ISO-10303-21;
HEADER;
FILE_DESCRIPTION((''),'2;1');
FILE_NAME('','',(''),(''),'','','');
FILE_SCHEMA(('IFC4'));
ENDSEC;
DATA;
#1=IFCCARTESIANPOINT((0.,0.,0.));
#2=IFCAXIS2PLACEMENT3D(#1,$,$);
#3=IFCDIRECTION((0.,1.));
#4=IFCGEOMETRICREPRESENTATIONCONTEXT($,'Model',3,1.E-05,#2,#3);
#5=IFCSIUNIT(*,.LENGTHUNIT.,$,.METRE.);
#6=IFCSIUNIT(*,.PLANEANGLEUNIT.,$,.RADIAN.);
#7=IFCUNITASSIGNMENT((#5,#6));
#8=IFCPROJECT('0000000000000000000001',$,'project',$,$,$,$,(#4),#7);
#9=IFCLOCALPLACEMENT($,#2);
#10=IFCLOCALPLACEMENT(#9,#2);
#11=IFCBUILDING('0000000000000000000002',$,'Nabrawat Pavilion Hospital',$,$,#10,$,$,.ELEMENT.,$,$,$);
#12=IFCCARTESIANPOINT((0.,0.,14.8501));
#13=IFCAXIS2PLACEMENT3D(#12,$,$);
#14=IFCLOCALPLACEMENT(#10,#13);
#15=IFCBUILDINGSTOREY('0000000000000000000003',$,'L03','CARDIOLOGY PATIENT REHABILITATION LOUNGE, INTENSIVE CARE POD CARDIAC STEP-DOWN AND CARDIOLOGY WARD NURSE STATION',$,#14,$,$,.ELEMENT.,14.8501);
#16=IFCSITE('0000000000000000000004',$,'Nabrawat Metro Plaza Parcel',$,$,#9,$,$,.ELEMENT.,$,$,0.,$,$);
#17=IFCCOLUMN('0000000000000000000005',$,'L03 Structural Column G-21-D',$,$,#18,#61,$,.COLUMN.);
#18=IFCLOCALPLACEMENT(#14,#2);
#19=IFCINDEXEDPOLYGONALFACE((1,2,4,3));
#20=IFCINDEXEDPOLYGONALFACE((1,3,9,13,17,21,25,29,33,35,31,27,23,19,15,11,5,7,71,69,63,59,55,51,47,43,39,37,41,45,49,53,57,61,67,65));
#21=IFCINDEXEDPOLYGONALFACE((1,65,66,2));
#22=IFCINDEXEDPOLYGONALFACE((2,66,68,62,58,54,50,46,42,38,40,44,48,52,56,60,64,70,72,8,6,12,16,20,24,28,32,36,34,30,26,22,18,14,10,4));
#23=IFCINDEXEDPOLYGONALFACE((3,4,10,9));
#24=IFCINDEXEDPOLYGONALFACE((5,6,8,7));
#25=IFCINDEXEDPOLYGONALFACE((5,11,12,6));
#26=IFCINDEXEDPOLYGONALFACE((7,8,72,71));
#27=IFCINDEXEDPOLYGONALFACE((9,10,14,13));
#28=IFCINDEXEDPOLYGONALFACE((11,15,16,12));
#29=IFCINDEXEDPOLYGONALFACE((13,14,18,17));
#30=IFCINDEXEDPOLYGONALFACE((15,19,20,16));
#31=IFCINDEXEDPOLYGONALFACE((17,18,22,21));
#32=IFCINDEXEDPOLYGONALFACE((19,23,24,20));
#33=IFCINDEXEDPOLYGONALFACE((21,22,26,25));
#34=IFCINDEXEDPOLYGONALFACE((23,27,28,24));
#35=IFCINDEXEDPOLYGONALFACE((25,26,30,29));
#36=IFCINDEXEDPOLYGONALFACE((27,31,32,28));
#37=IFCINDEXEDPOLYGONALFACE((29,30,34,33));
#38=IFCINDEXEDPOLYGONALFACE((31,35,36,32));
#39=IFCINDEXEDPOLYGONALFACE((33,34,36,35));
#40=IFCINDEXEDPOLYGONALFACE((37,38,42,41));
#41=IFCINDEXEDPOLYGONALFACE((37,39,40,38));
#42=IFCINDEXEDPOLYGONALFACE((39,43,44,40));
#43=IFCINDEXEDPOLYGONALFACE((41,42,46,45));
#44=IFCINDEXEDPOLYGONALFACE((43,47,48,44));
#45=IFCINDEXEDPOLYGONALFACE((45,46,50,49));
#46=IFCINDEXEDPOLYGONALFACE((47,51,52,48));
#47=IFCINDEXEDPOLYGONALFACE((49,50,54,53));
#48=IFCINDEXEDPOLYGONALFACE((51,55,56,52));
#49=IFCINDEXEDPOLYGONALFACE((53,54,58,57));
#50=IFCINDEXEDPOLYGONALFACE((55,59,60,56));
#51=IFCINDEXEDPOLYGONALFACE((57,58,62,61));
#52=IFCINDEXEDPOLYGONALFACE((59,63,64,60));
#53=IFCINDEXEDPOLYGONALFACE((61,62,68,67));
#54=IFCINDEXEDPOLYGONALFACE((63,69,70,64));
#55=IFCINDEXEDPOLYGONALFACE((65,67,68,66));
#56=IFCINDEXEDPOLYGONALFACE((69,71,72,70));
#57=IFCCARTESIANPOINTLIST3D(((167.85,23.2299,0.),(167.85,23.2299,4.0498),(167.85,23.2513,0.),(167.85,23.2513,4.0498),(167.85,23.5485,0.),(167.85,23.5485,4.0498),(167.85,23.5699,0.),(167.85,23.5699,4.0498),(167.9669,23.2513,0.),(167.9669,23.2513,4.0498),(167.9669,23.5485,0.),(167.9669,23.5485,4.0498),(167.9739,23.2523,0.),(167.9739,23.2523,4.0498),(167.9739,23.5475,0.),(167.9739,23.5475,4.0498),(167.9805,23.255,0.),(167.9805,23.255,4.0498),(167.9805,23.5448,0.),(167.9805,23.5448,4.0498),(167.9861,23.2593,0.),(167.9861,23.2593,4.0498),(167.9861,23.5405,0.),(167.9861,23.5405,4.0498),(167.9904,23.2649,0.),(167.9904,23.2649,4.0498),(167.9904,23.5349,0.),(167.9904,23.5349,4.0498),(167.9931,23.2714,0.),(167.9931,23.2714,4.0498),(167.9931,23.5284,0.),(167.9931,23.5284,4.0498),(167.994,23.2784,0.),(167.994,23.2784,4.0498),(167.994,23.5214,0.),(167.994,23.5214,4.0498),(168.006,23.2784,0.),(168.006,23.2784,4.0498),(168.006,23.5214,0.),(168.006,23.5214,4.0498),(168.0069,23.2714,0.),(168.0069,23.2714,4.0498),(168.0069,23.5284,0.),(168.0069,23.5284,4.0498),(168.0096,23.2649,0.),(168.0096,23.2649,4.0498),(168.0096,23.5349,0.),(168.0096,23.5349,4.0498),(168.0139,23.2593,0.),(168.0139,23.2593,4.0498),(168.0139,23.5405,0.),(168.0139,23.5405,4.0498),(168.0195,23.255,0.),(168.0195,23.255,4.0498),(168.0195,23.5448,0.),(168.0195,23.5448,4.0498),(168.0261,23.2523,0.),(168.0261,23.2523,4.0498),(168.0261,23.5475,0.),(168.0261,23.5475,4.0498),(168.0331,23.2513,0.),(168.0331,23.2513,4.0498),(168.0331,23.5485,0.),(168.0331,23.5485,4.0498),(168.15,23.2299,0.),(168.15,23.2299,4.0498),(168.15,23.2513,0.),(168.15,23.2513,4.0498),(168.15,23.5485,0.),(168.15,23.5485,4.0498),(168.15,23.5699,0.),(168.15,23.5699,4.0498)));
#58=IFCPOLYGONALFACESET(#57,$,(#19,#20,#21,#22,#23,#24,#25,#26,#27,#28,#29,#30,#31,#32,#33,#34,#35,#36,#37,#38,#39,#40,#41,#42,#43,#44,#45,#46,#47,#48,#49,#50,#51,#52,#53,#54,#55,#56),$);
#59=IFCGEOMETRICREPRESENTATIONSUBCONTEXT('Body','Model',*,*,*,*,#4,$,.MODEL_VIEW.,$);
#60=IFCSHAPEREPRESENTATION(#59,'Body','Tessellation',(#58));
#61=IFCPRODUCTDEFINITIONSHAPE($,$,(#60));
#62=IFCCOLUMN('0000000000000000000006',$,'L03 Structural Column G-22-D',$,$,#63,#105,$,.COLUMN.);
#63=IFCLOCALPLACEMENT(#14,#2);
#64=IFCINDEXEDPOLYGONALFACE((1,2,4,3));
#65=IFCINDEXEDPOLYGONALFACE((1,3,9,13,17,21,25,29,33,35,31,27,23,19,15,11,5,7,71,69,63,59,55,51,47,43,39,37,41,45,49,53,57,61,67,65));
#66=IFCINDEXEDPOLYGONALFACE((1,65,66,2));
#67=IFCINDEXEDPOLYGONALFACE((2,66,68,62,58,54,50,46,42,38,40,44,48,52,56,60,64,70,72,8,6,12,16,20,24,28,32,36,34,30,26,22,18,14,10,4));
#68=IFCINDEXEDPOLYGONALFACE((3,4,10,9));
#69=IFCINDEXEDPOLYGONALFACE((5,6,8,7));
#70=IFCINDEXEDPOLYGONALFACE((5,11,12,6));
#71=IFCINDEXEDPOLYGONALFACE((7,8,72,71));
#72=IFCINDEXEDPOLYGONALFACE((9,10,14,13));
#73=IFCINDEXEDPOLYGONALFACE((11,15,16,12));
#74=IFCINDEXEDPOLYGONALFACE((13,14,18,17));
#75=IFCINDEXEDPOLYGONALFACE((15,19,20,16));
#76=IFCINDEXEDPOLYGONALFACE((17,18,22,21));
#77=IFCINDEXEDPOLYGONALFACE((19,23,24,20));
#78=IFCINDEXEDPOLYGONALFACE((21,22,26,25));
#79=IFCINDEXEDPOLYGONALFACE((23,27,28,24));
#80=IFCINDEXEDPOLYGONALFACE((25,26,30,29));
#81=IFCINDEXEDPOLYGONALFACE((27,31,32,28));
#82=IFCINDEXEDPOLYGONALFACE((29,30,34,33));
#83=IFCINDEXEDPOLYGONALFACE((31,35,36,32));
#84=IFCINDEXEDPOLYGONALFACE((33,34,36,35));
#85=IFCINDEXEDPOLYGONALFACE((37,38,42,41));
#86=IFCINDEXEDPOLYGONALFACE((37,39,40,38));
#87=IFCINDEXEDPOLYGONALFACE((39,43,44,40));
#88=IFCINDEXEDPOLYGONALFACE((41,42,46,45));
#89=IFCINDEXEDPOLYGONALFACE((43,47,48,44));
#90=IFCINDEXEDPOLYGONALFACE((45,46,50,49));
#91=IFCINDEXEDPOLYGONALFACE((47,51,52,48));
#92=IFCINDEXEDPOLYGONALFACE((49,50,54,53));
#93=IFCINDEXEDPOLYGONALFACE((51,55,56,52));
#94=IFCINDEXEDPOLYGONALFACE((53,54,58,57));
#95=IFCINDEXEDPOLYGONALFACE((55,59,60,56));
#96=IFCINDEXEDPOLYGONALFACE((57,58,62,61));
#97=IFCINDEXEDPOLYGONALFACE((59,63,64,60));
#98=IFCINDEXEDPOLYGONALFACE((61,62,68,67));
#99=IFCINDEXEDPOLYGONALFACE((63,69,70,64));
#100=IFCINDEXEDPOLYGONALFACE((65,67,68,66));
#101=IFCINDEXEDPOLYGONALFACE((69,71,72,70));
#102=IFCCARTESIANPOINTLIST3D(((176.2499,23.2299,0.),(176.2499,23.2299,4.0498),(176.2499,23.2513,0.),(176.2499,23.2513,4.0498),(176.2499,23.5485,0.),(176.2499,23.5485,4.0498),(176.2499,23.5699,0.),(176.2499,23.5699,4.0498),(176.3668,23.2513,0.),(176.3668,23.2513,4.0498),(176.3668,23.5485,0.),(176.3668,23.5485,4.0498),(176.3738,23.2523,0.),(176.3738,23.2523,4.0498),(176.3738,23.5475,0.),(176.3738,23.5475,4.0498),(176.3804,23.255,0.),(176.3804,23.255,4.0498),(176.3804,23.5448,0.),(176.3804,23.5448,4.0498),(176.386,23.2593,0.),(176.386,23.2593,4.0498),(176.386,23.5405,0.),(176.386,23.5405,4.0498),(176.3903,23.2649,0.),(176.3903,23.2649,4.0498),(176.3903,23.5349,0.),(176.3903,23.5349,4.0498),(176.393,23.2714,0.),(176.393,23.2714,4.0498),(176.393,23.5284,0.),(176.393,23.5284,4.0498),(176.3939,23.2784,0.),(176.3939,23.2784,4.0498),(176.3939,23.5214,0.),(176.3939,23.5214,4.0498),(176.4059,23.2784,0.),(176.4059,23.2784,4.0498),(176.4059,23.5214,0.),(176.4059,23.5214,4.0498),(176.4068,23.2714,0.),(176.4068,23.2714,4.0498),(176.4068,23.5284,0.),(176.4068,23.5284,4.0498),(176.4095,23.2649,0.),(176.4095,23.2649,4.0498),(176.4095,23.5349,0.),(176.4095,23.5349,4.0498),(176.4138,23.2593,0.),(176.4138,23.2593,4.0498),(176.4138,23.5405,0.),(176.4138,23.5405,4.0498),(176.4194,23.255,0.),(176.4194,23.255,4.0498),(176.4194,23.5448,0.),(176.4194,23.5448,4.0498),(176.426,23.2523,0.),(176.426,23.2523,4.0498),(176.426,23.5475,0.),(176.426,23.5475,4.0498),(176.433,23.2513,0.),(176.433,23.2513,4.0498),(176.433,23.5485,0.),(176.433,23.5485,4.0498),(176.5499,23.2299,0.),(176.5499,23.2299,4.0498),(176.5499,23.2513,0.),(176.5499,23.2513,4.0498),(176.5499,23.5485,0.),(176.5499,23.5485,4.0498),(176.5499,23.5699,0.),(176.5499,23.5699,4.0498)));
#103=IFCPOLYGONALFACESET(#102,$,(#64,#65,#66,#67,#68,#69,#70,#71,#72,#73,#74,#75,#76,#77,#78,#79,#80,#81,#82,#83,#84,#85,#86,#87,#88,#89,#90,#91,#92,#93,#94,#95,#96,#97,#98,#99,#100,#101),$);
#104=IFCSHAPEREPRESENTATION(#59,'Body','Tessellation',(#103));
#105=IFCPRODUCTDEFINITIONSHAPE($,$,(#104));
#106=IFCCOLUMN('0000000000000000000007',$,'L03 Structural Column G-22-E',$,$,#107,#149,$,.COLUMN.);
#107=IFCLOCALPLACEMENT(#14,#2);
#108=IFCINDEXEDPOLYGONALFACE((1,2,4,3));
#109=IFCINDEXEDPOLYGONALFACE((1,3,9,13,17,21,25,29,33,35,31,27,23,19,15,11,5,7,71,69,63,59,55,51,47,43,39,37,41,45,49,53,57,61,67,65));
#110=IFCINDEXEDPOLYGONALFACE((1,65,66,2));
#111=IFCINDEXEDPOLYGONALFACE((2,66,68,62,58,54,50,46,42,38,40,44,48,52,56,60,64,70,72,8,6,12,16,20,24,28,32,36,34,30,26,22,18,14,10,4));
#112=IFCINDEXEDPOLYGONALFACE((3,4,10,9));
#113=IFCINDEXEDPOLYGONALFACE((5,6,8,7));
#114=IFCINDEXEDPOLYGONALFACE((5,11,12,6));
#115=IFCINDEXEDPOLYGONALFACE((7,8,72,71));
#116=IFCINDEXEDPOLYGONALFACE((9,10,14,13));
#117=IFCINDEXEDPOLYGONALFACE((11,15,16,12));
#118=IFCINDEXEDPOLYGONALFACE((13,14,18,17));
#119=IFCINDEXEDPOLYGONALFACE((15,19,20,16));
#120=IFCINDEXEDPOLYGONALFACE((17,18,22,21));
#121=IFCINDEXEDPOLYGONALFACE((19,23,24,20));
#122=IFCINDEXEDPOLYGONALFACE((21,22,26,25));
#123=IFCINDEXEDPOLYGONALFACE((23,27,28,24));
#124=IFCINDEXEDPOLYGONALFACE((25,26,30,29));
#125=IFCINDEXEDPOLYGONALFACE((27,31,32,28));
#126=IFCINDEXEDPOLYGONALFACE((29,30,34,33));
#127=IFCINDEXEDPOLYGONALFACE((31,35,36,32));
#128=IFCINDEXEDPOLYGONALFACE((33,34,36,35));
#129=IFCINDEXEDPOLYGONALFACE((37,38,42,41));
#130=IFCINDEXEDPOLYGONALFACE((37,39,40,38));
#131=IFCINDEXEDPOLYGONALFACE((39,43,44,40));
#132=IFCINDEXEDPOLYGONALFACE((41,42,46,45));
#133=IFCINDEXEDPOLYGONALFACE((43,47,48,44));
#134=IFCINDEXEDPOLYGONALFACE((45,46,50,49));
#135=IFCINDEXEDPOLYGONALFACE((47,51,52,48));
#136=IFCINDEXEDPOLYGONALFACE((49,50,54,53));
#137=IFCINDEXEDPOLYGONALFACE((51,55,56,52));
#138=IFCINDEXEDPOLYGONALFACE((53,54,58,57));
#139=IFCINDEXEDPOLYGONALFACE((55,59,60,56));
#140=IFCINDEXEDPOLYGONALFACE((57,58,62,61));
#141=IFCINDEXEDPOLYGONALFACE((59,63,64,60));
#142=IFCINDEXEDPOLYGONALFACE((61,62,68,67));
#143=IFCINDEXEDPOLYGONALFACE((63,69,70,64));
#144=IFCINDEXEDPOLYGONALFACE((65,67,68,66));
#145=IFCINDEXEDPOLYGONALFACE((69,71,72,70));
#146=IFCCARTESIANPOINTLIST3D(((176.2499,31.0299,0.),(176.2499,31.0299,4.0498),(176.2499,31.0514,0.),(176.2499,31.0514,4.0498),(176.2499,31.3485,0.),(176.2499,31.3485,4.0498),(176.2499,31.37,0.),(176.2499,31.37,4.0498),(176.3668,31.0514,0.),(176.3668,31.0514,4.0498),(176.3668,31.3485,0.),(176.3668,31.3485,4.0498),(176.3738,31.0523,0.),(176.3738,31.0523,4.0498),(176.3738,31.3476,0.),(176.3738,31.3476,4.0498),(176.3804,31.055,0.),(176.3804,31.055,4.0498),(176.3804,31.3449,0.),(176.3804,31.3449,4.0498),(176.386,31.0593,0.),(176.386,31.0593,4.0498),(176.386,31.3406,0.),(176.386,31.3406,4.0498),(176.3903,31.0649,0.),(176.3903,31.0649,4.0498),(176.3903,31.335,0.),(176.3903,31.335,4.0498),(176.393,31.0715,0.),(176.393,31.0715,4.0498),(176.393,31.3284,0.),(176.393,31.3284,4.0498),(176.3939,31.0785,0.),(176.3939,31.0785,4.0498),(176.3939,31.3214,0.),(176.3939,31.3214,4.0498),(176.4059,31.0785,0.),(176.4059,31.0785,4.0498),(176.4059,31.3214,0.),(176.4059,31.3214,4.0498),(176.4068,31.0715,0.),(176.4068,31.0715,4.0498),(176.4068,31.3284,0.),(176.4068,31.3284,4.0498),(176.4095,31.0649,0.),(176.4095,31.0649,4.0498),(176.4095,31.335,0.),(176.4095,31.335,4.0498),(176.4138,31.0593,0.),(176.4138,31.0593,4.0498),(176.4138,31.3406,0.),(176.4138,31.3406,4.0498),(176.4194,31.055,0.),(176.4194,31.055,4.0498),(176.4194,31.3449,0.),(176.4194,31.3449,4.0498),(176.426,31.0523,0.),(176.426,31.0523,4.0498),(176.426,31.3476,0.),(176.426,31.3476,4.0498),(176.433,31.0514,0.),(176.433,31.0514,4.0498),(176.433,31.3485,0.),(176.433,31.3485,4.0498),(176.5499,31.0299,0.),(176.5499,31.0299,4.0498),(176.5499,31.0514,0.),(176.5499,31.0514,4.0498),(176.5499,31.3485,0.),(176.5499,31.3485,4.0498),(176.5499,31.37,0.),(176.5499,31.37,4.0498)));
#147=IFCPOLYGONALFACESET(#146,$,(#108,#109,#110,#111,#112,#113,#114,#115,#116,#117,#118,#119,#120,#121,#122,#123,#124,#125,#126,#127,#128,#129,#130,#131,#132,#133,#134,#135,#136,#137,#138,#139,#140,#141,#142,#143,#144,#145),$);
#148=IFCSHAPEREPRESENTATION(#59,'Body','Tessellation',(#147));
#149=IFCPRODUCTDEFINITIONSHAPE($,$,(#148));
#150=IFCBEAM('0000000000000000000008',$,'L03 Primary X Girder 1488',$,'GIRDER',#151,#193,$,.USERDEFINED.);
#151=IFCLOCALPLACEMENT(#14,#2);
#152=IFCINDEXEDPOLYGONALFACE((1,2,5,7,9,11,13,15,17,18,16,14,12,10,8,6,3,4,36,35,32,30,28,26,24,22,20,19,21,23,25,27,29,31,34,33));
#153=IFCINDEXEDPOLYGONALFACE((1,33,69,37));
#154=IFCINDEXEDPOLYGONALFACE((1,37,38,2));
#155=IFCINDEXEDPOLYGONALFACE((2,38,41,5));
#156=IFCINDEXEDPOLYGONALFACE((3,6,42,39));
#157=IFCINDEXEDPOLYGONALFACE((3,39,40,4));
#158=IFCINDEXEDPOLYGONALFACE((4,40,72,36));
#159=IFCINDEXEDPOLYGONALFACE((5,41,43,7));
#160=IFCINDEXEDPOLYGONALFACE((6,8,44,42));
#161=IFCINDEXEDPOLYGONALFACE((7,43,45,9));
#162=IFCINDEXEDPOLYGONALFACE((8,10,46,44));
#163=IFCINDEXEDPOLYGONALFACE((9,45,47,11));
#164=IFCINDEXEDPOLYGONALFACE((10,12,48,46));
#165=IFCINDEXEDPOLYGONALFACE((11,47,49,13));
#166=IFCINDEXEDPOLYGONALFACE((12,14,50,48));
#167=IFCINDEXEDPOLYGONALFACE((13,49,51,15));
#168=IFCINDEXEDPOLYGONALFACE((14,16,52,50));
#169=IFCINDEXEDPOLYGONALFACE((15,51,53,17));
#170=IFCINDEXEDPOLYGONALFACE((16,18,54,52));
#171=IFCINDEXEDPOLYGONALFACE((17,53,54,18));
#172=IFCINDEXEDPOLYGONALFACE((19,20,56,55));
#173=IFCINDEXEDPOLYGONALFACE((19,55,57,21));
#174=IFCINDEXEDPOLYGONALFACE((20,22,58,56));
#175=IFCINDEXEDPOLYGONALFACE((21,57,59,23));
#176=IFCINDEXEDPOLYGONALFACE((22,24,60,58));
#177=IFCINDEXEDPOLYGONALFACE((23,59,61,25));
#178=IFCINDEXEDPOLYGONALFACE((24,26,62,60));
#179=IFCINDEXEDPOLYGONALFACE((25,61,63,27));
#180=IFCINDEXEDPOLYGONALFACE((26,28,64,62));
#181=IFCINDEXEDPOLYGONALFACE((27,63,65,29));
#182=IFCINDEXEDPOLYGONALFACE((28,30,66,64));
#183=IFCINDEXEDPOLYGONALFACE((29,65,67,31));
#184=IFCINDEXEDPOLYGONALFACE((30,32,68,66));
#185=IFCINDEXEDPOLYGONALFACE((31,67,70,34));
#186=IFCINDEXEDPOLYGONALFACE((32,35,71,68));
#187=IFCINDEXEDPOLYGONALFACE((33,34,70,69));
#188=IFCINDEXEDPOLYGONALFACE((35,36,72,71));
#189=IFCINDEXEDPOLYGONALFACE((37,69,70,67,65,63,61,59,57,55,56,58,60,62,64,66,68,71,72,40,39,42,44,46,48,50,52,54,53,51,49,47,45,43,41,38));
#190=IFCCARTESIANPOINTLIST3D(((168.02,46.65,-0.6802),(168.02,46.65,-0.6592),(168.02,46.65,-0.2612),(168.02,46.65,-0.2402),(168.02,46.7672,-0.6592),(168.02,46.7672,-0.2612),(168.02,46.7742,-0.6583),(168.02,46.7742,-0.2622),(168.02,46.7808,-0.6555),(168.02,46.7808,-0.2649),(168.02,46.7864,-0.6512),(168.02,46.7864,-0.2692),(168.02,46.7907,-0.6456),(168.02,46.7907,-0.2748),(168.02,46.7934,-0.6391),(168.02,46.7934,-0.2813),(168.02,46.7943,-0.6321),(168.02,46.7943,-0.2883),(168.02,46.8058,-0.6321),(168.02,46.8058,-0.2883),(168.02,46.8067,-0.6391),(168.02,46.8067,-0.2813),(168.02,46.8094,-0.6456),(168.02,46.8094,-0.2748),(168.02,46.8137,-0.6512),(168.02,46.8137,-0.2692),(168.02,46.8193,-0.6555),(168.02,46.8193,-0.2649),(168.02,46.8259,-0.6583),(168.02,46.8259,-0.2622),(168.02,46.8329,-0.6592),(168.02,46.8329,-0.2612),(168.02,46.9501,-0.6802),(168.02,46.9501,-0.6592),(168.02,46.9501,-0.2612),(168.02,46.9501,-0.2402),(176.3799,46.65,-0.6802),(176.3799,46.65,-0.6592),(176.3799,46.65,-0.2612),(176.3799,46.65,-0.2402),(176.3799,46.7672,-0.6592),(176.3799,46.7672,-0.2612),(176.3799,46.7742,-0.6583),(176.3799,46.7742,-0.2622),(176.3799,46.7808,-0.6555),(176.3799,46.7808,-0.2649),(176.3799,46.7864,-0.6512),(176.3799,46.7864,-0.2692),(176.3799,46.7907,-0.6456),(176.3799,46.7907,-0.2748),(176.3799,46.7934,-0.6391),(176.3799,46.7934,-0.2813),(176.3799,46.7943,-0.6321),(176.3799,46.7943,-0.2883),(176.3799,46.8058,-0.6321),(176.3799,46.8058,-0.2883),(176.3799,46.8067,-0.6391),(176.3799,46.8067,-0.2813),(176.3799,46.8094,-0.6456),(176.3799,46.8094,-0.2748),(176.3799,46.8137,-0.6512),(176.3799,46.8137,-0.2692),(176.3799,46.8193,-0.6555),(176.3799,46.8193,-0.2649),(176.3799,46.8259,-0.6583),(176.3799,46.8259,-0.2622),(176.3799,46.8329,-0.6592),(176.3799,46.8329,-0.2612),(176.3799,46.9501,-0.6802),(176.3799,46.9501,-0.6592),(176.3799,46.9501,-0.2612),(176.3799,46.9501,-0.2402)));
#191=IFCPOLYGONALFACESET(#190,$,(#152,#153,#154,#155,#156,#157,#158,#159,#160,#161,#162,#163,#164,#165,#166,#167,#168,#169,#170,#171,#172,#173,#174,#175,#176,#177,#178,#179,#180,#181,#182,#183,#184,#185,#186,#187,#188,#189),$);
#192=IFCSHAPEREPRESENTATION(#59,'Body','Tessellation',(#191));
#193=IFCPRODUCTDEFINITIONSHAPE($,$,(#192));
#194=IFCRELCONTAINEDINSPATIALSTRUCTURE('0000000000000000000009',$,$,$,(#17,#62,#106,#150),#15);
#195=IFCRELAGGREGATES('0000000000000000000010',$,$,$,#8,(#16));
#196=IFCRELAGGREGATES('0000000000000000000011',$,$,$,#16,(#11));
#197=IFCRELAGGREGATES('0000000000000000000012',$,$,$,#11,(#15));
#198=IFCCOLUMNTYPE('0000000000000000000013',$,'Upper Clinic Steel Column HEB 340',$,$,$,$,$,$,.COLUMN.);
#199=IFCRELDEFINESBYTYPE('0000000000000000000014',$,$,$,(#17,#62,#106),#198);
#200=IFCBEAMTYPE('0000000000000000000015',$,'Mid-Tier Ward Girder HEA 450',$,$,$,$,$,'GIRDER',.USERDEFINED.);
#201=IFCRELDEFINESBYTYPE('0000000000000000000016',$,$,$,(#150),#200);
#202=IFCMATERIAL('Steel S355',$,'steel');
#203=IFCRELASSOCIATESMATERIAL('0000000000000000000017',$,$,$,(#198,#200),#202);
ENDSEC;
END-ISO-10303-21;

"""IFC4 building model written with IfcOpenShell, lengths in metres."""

from ifc_helpers import new_model, si_unit, direction, frame, origin, origin_2d, place, context, subcontext, project, spatial, i_section, extrude, material, material_profile, profile_set, type_object, element, save


model = new_model("IFC4")

# Units and contexts
model_context = context("Model", 3, precision=1e-05, world=origin(), true_north=direction((0.0, 1.0)))
body_context = subcontext(model_context, "Body", "Model", "MODEL_VIEW")
ifc_project = project(units=[si_unit("LENGTHUNIT", "METRE"), si_unit("PLANEANGLEUNIT", "RADIAN")], contexts=[model_context])

# Site, building, storey
site_placement = place(None, origin())
site = spatial("IfcSite", under=ifc_project, at=site_placement, Name="Nabrawat Metro Plaza Parcel", CompositionType="ELEMENT", RefElevation=0.0)
building_placement = place(site_placement, origin())
building = spatial("IfcBuilding", under=site, at=building_placement, Name="Nabrawat Pavilion Hospital", CompositionType="ELEMENT")
storey_placement = place(building_placement, frame((0.0, 0.0, 14.8501)))
storey = spatial("IfcBuildingStorey", under=building, at=storey_placement, Name="L03", Description="CARDIOLOGY PATIENT REHABILITATION LOUNGE, INTENSIVE CARE POD CARDIAC STEP-DOWN AND CARDIOLOGY WARD NURSE STATION", CompositionType="ELEMENT", Elevation=14.8501)

# Columns
ifc_material_1 = material(Name="Steel S355", Category="steel")
ifc_material_profile_1 = material_profile(ifc_material_1, i_section(OverallWidth=0.3, OverallDepth=0.3401, WebThickness=0.012, FlangeThickness=0.0215, FilletRadius=0.0271, at=origin_2d()), Name="HEB 340")
ifc_profile_set_1 = profile_set([ifc_material_profile_1], Name="Steel S355")
column_type_1 = type_object("IfcColumnType", Name="Upper Clinic Steel Column HEB 340", PredefinedType="COLUMN", material=ifc_profile_set_1)
for number, where, z_axis, x_axis, name in (
    (1, (168.0, 23.3999, 0.0), (0.0, 0.0, 1.0), (1.0, 0.0, 0.0), "L03 Structural Column G-21-D"),
    (2, (176.3999, 23.3999, 0.0), (0.0, 0.0, 1.0), (1.0, 0.0, 0.0), "L03 Structural Column G-22-D"),
    (3, (176.3999, 31.2, 0.0), (0.0, 0.0, 1.0), (1.0, 0.0, 0.0), "L03 Structural Column G-22-E"),
):
    element("IfcColumn", number, at=place(storey_placement, frame(where, z_axis=z_axis, x_axis=x_axis)), inside=storey, type_object=column_type_1, Name=name, PredefinedType="COLUMN", context=body_context, shape_type="SweptSolid", body=[
        extrude(i_section(OverallWidth=0.3, OverallDepth=0.3401, WebThickness=0.012, FlangeThickness=0.0215, FilletRadius=0.0271, at=origin_2d()), origin(), (0.0, 0.0, 1.0), 4.0498),
    ])

# Beam
ifc_material_profile_2 = material_profile(ifc_material_1, i_section(OverallWidth=0.3, OverallDepth=0.4399, WebThickness=0.0115, FlangeThickness=0.021, FilletRadius=0.0271, at=origin_2d()), Name="HEA 450")
ifc_profile_set_2 = profile_set([ifc_material_profile_2], Name="Steel S355")
beam_type_1 = type_object("IfcBeamType", Name="Mid-Tier Ward Girder HEA 450", ElementType="GIRDER", PredefinedType="USERDEFINED", material=ifc_profile_set_2)
beam_1_placement = place(storey_placement, frame((168.02, 46.8, -0.4602), z_axis=(1.0, 0.0, 0.0), x_axis=(0.0, 1.0, 0.0)))
element("IfcBeam", 4, at=beam_1_placement, inside=storey, type_object=beam_type_1, Name="L03 Primary X Girder 1488", ObjectType="GIRDER", PredefinedType="USERDEFINED", context=body_context, shape_type="SweptSolid", body=[
    extrude(i_section(OverallWidth=0.3, OverallDepth=0.4399, WebThickness=0.0115, FlangeThickness=0.021, FilletRadius=0.0271, at=origin_2d()), origin(), (0.0, 0.0, 1.0), 8.3599),
])

save(model, "model.ifc")
